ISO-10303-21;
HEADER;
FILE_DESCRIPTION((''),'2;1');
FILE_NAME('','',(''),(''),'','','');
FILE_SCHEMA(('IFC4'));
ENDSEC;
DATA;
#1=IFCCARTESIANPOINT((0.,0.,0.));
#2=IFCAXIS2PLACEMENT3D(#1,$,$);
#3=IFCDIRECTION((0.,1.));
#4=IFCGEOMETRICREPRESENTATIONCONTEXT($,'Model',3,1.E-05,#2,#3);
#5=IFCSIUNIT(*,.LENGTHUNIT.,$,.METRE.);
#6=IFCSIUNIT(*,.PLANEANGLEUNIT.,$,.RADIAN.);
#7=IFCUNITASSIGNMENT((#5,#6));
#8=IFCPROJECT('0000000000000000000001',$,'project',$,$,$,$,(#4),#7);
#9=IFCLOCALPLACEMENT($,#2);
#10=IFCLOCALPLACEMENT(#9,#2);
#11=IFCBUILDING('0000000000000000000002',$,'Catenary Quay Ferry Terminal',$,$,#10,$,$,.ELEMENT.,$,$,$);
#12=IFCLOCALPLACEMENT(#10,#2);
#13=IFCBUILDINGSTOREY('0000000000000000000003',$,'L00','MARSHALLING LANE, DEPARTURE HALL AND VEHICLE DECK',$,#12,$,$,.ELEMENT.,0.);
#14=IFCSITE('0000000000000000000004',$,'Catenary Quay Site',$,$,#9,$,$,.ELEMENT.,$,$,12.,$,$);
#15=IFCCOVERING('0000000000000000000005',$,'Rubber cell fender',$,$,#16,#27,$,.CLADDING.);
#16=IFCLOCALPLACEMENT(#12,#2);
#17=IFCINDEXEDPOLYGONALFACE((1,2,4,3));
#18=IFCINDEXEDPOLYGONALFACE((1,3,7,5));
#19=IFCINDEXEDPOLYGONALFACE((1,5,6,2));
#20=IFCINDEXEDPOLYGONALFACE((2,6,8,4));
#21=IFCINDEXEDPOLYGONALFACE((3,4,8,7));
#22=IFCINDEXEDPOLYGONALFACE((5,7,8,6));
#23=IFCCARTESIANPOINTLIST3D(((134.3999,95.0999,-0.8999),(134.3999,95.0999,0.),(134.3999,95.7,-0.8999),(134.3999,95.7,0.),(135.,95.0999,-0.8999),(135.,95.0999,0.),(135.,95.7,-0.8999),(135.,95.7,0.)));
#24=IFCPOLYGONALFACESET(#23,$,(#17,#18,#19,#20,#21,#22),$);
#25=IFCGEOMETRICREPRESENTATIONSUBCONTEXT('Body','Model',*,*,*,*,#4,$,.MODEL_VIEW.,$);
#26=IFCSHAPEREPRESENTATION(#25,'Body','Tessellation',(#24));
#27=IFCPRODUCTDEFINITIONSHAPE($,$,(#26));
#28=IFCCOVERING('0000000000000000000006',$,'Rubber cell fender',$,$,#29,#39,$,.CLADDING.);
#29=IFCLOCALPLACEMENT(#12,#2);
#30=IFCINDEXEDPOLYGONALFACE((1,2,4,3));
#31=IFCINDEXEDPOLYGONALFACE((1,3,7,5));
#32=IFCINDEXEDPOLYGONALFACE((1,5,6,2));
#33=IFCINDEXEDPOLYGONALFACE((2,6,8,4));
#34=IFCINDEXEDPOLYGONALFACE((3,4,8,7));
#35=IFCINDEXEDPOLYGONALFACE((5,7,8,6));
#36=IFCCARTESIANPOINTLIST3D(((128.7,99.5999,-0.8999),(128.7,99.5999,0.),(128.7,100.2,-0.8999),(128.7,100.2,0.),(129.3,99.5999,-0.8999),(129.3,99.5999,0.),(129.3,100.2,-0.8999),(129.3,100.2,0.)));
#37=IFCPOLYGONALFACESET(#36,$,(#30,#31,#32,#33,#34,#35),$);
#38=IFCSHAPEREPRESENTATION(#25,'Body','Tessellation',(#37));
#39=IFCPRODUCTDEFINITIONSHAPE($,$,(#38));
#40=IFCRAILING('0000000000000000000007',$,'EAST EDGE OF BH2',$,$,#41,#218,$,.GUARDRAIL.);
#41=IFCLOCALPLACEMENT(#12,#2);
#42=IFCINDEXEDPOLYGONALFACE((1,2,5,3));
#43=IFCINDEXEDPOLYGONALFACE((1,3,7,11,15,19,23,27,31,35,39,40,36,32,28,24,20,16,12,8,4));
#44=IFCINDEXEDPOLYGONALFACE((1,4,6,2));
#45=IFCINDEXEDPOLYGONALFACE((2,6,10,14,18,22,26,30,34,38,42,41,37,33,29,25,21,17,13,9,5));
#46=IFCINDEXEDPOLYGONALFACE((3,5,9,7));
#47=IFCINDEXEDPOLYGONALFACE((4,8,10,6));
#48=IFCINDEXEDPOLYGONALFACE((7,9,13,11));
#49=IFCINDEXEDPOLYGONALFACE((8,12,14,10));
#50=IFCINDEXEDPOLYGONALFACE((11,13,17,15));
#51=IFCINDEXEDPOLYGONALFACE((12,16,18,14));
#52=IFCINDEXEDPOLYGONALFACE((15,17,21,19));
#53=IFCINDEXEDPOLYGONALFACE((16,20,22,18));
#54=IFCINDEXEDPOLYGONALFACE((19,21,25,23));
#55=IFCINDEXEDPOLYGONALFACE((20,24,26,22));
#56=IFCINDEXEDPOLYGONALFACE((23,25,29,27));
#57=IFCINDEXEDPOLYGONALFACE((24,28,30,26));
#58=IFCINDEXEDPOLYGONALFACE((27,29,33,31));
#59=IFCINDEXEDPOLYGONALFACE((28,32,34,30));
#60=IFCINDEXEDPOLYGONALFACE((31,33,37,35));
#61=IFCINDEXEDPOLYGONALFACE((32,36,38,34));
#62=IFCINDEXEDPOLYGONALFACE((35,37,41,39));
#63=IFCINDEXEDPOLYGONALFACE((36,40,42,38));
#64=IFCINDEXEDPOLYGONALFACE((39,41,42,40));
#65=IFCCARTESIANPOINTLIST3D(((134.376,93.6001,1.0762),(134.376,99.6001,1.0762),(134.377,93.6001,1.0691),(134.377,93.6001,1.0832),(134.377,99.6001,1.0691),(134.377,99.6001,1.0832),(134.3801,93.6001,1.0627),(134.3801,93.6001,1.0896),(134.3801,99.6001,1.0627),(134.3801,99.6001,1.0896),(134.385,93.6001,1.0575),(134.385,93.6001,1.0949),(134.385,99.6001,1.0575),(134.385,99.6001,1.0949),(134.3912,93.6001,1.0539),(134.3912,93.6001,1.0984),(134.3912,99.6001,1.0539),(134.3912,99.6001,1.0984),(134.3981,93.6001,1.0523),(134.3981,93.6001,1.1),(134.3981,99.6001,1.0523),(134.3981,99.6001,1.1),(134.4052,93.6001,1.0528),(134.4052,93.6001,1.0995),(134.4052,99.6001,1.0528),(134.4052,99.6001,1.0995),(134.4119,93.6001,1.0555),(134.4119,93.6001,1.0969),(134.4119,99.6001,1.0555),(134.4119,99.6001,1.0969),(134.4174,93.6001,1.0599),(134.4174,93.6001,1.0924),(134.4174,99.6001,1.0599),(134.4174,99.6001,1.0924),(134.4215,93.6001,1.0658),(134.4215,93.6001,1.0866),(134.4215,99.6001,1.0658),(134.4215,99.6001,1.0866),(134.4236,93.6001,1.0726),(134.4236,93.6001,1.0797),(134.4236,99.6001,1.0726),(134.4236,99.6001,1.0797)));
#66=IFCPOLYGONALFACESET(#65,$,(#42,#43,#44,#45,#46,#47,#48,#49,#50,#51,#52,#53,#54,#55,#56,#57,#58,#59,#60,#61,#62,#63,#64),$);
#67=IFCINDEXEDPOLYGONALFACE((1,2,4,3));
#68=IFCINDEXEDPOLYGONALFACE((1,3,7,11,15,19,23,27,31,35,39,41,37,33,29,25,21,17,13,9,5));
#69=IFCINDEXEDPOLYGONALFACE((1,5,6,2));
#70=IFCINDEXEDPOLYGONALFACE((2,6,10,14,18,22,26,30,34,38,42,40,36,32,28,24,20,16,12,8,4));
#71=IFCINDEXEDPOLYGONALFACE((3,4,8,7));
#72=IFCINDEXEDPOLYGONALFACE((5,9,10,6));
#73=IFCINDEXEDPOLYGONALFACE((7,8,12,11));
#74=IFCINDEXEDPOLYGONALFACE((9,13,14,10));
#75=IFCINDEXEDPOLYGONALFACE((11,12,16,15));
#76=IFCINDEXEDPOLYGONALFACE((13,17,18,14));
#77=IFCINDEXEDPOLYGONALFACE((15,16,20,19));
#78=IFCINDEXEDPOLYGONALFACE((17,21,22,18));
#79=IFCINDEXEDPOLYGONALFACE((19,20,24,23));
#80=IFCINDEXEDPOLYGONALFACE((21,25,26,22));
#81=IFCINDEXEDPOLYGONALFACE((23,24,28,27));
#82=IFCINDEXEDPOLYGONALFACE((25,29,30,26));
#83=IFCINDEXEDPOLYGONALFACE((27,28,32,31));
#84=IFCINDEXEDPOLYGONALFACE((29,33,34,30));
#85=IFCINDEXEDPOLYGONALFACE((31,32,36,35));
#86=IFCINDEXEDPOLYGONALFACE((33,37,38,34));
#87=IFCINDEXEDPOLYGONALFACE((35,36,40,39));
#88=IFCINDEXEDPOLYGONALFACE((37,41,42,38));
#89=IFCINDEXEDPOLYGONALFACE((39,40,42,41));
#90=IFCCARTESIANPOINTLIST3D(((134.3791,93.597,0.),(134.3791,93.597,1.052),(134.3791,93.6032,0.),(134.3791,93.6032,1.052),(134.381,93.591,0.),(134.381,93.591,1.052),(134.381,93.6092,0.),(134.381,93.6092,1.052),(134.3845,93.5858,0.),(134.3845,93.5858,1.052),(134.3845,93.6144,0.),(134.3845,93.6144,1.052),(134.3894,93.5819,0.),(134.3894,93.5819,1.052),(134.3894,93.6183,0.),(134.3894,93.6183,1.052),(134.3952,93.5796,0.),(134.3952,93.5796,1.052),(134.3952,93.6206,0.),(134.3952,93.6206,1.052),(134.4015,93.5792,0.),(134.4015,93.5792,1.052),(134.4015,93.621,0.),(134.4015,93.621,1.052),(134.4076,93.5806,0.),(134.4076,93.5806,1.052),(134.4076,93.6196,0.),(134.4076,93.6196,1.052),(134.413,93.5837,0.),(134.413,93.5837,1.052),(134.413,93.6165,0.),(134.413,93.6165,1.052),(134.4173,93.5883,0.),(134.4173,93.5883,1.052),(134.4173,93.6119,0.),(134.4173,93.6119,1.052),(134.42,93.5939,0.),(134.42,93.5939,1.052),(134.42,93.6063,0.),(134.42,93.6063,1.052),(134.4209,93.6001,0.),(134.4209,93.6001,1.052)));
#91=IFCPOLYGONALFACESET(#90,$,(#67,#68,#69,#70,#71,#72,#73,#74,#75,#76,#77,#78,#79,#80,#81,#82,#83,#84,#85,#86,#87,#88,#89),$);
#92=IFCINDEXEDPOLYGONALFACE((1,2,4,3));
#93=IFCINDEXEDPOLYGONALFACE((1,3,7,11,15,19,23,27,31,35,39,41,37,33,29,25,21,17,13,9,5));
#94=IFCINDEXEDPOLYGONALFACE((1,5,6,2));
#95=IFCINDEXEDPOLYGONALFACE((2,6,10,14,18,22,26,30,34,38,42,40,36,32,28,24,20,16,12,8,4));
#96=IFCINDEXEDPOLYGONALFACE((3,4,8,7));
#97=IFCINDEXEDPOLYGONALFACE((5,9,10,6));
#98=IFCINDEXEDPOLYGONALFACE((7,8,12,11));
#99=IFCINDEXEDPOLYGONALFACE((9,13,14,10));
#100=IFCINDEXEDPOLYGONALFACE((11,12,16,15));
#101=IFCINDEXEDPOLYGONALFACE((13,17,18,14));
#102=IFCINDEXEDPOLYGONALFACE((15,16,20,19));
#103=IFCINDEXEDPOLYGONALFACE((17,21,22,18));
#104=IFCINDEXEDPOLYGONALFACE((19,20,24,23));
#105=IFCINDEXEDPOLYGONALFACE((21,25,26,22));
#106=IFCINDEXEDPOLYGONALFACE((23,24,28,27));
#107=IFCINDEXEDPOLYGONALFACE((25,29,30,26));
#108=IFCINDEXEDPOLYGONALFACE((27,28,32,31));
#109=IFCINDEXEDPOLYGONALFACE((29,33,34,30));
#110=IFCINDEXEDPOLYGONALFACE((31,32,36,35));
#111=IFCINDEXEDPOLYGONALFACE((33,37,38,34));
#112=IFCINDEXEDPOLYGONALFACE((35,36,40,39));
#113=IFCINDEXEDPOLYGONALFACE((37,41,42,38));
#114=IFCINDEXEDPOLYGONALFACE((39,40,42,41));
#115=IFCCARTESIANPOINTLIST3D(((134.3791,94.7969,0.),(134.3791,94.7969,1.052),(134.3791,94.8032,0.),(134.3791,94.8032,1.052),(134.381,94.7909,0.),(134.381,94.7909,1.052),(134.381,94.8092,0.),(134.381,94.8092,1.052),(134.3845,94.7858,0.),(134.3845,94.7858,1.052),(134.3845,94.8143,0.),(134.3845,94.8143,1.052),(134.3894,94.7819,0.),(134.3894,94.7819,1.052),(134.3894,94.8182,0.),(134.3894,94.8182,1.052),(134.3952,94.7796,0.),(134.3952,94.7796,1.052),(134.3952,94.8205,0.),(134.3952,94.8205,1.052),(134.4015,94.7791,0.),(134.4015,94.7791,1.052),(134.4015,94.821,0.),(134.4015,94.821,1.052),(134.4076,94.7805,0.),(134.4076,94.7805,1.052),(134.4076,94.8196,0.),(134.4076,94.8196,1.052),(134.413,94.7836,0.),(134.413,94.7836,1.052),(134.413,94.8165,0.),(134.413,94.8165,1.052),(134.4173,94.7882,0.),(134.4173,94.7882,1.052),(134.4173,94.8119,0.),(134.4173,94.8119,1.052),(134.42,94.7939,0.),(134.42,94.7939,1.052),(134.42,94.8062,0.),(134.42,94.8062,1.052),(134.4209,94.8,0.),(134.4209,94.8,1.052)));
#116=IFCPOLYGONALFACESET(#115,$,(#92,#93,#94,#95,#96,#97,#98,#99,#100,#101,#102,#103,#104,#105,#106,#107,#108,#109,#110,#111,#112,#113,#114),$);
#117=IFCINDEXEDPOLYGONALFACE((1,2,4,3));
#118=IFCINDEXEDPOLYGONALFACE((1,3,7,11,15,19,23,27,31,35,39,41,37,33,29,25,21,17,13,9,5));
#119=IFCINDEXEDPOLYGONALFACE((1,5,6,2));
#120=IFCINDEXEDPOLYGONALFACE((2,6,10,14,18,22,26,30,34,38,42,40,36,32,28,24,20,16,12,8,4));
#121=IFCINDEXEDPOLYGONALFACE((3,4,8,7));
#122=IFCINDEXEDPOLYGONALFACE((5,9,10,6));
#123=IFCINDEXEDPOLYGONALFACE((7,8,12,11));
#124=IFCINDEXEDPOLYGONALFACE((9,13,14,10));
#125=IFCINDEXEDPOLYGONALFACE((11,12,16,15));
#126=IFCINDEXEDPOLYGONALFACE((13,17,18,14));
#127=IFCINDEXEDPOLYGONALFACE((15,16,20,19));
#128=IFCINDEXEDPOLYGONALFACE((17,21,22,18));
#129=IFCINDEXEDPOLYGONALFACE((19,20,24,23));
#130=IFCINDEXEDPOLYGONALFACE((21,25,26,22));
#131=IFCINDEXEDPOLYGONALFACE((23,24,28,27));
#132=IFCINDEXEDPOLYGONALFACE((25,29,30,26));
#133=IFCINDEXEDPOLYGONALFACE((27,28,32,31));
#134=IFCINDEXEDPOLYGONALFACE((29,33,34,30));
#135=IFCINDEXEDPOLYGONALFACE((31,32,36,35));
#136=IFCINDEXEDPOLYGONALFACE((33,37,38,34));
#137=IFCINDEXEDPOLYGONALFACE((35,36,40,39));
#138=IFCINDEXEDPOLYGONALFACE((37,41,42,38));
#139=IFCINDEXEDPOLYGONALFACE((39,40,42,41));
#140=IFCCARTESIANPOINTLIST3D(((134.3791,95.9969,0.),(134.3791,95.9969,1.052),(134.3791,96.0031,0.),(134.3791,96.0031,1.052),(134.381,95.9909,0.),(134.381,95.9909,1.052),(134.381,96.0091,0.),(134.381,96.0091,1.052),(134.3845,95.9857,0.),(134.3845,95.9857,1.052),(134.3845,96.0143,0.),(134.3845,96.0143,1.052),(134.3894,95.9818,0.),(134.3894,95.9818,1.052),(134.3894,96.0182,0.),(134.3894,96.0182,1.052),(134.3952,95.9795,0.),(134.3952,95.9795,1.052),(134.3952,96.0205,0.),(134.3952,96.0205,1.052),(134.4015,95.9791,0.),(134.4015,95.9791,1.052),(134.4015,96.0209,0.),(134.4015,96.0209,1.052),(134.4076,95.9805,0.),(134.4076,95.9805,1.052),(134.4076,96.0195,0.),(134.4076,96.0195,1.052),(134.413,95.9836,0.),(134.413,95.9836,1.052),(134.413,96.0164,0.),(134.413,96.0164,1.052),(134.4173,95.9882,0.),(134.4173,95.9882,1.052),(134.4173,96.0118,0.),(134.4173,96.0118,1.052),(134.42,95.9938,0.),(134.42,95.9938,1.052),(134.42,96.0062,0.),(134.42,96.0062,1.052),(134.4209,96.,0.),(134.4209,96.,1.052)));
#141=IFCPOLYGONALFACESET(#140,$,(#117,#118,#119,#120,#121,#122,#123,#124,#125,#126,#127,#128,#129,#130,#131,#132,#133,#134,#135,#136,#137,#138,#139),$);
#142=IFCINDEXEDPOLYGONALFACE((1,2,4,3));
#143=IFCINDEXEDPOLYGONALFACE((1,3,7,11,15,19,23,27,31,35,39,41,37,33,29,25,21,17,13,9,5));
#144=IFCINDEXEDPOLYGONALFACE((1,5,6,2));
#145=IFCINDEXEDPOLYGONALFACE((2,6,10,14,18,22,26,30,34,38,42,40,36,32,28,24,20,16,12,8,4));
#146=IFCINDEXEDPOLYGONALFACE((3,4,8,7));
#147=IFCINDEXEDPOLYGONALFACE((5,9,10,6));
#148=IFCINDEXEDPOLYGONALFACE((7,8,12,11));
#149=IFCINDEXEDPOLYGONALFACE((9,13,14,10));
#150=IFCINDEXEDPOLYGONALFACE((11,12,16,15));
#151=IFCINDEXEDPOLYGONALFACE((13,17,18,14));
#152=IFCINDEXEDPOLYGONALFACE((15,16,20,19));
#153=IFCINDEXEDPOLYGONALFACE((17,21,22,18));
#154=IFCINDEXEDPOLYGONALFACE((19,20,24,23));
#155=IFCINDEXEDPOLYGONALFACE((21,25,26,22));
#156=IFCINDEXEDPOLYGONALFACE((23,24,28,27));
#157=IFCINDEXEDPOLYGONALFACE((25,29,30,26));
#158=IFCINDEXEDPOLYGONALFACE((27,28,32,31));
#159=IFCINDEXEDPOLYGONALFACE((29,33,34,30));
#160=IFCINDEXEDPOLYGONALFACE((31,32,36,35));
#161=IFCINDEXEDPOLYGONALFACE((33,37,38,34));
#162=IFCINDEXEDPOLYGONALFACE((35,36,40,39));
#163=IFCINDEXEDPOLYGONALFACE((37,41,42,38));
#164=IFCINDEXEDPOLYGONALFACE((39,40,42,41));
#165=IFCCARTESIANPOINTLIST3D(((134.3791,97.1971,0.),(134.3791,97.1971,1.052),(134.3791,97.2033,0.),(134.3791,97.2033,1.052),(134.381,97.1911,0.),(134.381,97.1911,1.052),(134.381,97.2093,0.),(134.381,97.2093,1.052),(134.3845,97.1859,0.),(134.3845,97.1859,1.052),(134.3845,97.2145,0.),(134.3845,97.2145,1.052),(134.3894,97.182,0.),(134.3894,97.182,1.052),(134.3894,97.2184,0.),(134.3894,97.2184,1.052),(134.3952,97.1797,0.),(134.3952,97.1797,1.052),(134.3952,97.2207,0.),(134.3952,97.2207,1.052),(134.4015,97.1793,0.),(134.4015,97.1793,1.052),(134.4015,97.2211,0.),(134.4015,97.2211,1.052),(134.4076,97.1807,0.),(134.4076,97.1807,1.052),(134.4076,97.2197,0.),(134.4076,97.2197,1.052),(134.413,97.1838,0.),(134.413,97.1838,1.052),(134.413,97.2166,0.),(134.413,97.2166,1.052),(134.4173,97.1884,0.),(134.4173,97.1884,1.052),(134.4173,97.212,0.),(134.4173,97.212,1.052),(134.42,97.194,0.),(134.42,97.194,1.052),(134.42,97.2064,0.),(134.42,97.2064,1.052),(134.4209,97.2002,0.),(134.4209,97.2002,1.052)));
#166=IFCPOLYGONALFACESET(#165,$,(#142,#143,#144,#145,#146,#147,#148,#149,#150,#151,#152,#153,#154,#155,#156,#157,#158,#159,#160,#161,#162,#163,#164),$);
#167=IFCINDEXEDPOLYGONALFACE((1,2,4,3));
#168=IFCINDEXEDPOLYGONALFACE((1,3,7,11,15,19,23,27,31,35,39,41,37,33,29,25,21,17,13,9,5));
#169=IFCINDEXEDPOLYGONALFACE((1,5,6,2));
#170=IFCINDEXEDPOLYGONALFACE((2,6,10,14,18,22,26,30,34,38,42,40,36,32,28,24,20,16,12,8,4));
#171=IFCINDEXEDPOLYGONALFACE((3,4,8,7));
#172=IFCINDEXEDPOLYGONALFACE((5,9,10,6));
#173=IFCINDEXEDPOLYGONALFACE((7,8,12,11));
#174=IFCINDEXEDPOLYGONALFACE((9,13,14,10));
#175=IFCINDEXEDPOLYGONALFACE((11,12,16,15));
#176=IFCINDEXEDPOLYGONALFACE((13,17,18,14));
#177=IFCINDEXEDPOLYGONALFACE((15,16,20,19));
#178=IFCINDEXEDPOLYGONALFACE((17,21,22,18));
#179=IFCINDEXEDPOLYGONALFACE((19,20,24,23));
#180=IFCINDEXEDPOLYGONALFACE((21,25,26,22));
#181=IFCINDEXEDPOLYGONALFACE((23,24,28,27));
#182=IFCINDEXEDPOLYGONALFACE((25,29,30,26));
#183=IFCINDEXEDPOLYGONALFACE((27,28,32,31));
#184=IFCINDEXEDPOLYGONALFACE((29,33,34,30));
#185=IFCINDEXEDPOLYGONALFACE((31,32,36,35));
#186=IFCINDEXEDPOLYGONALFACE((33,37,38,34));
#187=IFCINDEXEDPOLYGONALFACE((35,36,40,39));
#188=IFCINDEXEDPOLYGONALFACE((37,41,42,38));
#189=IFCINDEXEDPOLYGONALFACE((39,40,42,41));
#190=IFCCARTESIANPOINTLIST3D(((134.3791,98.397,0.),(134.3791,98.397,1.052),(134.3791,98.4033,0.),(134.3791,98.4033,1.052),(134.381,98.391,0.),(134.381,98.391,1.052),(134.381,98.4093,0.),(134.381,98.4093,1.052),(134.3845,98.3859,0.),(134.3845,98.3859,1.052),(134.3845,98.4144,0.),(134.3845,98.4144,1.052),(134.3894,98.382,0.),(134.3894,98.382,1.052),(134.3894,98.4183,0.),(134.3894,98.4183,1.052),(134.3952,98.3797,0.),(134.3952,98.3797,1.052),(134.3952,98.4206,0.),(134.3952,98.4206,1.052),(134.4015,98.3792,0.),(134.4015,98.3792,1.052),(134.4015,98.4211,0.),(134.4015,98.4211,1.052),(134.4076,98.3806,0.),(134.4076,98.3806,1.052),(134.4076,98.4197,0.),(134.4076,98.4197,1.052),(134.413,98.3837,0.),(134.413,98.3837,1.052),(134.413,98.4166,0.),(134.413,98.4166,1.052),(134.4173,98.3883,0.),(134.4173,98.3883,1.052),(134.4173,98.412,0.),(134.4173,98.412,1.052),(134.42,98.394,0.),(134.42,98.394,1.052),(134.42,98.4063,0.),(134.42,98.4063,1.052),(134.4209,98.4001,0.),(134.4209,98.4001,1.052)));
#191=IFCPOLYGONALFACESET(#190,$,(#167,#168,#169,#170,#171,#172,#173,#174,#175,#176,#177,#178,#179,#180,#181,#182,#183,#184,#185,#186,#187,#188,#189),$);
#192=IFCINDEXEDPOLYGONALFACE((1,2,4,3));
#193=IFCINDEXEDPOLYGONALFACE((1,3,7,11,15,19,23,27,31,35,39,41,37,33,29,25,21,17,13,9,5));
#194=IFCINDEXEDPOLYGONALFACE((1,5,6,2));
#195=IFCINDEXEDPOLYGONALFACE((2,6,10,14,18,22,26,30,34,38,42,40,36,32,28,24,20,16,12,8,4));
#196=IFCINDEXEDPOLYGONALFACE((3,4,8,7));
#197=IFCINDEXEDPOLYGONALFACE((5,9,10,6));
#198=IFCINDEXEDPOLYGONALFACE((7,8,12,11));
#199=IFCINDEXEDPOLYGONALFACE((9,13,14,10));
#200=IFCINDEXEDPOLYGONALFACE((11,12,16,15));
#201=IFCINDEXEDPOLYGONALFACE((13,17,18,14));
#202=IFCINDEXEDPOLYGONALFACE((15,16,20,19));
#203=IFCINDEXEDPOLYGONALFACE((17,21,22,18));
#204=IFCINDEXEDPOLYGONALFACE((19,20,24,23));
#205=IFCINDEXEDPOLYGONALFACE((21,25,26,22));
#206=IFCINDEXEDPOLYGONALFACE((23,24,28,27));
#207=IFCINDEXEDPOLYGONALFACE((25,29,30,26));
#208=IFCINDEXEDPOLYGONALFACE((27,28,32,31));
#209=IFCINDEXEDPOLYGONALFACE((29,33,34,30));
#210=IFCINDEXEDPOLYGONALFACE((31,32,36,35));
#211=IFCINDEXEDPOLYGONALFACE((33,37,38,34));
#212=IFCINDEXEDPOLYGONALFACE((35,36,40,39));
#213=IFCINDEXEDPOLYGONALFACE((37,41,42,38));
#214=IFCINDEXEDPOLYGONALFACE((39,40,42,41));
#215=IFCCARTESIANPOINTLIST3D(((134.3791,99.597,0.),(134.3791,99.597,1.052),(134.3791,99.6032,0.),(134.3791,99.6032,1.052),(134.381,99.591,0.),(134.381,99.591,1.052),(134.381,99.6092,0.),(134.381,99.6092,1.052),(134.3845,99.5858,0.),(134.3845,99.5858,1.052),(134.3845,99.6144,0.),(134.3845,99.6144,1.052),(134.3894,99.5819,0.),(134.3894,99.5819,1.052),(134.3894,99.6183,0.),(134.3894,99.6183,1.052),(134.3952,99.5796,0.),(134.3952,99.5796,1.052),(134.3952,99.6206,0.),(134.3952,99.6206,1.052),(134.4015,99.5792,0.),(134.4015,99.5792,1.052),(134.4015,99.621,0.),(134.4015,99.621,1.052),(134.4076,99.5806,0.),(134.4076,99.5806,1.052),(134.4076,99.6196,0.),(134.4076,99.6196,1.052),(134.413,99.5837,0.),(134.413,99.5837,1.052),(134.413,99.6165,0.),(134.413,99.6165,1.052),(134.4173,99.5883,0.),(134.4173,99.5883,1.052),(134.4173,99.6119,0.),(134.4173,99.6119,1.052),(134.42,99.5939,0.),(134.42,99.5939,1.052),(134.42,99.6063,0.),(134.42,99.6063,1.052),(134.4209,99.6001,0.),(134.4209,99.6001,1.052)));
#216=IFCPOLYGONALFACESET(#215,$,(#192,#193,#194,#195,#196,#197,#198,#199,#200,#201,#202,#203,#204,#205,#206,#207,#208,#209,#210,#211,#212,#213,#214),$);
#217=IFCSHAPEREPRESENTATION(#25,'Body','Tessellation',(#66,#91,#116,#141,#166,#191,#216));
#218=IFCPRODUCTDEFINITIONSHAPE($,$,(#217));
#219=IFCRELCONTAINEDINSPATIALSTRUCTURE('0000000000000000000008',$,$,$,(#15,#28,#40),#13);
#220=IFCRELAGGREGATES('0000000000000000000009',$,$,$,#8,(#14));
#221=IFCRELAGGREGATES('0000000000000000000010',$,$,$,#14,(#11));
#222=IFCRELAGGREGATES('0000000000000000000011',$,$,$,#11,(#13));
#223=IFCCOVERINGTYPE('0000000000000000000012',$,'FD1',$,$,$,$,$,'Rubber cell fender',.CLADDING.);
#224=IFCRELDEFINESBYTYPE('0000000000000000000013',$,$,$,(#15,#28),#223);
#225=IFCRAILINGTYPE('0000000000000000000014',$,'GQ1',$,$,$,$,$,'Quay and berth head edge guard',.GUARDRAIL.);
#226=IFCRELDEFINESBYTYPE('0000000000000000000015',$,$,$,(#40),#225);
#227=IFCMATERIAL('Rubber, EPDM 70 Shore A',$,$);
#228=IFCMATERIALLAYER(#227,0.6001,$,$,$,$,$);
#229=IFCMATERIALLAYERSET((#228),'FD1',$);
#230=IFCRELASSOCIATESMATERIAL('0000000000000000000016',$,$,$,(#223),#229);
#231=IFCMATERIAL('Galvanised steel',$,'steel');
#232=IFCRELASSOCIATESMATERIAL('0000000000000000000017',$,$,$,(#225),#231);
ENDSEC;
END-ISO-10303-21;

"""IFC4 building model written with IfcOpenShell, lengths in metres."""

from ifc_helpers import new_model, si_unit, direction, frame, origin, origin_2d, place, context, subcontext, project, spatial, rectangle, circle, extrude, material, layer, layer_set, type_object, element, save


model = new_model("IFC4")

# Units and contexts
model_context = context("Model", 3, precision=1e-05, world=origin(), true_north=direction((0.0, 1.0)))
body_context = subcontext(model_context, "Body", "Model", "MODEL_VIEW")
ifc_project = project(units=[si_unit("LENGTHUNIT", "METRE"), si_unit("PLANEANGLEUNIT", "RADIAN")], contexts=[model_context])

# Site, building, storey
site_placement = place(None, origin())
site = spatial("IfcSite", under=ifc_project, at=site_placement, Name="Catenary Quay Site", CompositionType="ELEMENT", RefElevation=12.0)
building_placement = place(site_placement, origin())
building = spatial("IfcBuilding", under=site, at=building_placement, Name="Catenary Quay Ferry Terminal", CompositionType="ELEMENT")
storey_placement = place(building_placement, origin())
storey = spatial("IfcBuildingStorey", under=building, at=storey_placement, Name="L00", Description="MARSHALLING LANE, DEPARTURE HALL AND VEHICLE DECK", CompositionType="ELEMENT", Elevation=0.0)

# Coverings
ifc_material_1 = material(Name="Rubber, EPDM 70 Shore A")
ifc_layer_1 = layer(ifc_material_1, 0.6001)
ifc_layer_set_1 = layer_set([ifc_layer_1], Name="FD1")
covering_type_1 = type_object("IfcCoveringType", Name="FD1", ElementType="Rubber cell fender", PredefinedType="CLADDING", material=ifc_layer_set_1)
for number, where, z_axis, x_axis, name in (
    (1, (134.7, 95.3999, -0.8999), (0.0, 0.0, 1.0), (1.0, 0.0, 0.0), "Rubber cell fender"),
    (2, (129.0, 99.8999, -0.8999), (0.0, 0.0, 1.0), (1.0, 0.0, 0.0), "Rubber cell fender"),
):
    element("IfcCovering", number, at=place(storey_placement, frame(where, z_axis=z_axis, x_axis=x_axis)), inside=storey, type_object=covering_type_1, Name=name, PredefinedType="CLADDING", context=body_context, shape_type="SweptSolid", body=[
        extrude(rectangle(XDim=0.6001, YDim=0.6001, at=origin_2d()), origin(), (0.0, 0.0, 1.0), 0.8999),
    ])

# Railing
ifc_material_2 = material(Name="Galvanised steel", Category="steel")
railing_type = type_object("IfcRailingType", Name="GQ1", ElementType="Quay and berth head edge guard", PredefinedType="GUARDRAIL", material=ifc_material_2)
railing_placement = place(storey_placement, frame((134.3999, 93.6001, 0.0)))
element("IfcRailing", 3, at=railing_placement, inside=storey, type_object=railing_type, Name="EAST EDGE OF BH2", PredefinedType="GUARDRAIL", context=body_context, shape_type="SweptSolid", body=[
    extrude(circle(Radius=0.0239, at=origin_2d()), frame((0.0, 0.0, 1.0762), z_axis=(0.0, 1.0, 0.0), x_axis=(-1.0, 0.0, 0.0)), (0.0, 0.0, 1.0), 6.0),
    extrude(circle(Radius=0.021, at=origin_2d()), origin(), (0.0, 0.0, 1.0), 1.052),
    extrude(circle(Radius=0.021, at=origin_2d()), frame((0.0, 1.2, 0.0)), (0.0, 0.0, 1.0), 1.052),
    extrude(circle(Radius=0.021, at=origin_2d()), frame((0.0, 2.3999, 0.0)), (0.0, 0.0, 1.0), 1.052),
    extrude(circle(Radius=0.021, at=origin_2d()), frame((0.0, 3.6001, 0.0)), (0.0, 0.0, 1.0), 1.052),
    extrude(circle(Radius=0.021, at=origin_2d()), frame((0.0, 4.8, 0.0)), (0.0, 0.0, 1.0), 1.052),
    extrude(circle(Radius=0.021, at=origin_2d()), frame((0.0, 6.0, 0.0)), (0.0, 0.0, 1.0), 1.052),
])

save(model, "model.ifc")
